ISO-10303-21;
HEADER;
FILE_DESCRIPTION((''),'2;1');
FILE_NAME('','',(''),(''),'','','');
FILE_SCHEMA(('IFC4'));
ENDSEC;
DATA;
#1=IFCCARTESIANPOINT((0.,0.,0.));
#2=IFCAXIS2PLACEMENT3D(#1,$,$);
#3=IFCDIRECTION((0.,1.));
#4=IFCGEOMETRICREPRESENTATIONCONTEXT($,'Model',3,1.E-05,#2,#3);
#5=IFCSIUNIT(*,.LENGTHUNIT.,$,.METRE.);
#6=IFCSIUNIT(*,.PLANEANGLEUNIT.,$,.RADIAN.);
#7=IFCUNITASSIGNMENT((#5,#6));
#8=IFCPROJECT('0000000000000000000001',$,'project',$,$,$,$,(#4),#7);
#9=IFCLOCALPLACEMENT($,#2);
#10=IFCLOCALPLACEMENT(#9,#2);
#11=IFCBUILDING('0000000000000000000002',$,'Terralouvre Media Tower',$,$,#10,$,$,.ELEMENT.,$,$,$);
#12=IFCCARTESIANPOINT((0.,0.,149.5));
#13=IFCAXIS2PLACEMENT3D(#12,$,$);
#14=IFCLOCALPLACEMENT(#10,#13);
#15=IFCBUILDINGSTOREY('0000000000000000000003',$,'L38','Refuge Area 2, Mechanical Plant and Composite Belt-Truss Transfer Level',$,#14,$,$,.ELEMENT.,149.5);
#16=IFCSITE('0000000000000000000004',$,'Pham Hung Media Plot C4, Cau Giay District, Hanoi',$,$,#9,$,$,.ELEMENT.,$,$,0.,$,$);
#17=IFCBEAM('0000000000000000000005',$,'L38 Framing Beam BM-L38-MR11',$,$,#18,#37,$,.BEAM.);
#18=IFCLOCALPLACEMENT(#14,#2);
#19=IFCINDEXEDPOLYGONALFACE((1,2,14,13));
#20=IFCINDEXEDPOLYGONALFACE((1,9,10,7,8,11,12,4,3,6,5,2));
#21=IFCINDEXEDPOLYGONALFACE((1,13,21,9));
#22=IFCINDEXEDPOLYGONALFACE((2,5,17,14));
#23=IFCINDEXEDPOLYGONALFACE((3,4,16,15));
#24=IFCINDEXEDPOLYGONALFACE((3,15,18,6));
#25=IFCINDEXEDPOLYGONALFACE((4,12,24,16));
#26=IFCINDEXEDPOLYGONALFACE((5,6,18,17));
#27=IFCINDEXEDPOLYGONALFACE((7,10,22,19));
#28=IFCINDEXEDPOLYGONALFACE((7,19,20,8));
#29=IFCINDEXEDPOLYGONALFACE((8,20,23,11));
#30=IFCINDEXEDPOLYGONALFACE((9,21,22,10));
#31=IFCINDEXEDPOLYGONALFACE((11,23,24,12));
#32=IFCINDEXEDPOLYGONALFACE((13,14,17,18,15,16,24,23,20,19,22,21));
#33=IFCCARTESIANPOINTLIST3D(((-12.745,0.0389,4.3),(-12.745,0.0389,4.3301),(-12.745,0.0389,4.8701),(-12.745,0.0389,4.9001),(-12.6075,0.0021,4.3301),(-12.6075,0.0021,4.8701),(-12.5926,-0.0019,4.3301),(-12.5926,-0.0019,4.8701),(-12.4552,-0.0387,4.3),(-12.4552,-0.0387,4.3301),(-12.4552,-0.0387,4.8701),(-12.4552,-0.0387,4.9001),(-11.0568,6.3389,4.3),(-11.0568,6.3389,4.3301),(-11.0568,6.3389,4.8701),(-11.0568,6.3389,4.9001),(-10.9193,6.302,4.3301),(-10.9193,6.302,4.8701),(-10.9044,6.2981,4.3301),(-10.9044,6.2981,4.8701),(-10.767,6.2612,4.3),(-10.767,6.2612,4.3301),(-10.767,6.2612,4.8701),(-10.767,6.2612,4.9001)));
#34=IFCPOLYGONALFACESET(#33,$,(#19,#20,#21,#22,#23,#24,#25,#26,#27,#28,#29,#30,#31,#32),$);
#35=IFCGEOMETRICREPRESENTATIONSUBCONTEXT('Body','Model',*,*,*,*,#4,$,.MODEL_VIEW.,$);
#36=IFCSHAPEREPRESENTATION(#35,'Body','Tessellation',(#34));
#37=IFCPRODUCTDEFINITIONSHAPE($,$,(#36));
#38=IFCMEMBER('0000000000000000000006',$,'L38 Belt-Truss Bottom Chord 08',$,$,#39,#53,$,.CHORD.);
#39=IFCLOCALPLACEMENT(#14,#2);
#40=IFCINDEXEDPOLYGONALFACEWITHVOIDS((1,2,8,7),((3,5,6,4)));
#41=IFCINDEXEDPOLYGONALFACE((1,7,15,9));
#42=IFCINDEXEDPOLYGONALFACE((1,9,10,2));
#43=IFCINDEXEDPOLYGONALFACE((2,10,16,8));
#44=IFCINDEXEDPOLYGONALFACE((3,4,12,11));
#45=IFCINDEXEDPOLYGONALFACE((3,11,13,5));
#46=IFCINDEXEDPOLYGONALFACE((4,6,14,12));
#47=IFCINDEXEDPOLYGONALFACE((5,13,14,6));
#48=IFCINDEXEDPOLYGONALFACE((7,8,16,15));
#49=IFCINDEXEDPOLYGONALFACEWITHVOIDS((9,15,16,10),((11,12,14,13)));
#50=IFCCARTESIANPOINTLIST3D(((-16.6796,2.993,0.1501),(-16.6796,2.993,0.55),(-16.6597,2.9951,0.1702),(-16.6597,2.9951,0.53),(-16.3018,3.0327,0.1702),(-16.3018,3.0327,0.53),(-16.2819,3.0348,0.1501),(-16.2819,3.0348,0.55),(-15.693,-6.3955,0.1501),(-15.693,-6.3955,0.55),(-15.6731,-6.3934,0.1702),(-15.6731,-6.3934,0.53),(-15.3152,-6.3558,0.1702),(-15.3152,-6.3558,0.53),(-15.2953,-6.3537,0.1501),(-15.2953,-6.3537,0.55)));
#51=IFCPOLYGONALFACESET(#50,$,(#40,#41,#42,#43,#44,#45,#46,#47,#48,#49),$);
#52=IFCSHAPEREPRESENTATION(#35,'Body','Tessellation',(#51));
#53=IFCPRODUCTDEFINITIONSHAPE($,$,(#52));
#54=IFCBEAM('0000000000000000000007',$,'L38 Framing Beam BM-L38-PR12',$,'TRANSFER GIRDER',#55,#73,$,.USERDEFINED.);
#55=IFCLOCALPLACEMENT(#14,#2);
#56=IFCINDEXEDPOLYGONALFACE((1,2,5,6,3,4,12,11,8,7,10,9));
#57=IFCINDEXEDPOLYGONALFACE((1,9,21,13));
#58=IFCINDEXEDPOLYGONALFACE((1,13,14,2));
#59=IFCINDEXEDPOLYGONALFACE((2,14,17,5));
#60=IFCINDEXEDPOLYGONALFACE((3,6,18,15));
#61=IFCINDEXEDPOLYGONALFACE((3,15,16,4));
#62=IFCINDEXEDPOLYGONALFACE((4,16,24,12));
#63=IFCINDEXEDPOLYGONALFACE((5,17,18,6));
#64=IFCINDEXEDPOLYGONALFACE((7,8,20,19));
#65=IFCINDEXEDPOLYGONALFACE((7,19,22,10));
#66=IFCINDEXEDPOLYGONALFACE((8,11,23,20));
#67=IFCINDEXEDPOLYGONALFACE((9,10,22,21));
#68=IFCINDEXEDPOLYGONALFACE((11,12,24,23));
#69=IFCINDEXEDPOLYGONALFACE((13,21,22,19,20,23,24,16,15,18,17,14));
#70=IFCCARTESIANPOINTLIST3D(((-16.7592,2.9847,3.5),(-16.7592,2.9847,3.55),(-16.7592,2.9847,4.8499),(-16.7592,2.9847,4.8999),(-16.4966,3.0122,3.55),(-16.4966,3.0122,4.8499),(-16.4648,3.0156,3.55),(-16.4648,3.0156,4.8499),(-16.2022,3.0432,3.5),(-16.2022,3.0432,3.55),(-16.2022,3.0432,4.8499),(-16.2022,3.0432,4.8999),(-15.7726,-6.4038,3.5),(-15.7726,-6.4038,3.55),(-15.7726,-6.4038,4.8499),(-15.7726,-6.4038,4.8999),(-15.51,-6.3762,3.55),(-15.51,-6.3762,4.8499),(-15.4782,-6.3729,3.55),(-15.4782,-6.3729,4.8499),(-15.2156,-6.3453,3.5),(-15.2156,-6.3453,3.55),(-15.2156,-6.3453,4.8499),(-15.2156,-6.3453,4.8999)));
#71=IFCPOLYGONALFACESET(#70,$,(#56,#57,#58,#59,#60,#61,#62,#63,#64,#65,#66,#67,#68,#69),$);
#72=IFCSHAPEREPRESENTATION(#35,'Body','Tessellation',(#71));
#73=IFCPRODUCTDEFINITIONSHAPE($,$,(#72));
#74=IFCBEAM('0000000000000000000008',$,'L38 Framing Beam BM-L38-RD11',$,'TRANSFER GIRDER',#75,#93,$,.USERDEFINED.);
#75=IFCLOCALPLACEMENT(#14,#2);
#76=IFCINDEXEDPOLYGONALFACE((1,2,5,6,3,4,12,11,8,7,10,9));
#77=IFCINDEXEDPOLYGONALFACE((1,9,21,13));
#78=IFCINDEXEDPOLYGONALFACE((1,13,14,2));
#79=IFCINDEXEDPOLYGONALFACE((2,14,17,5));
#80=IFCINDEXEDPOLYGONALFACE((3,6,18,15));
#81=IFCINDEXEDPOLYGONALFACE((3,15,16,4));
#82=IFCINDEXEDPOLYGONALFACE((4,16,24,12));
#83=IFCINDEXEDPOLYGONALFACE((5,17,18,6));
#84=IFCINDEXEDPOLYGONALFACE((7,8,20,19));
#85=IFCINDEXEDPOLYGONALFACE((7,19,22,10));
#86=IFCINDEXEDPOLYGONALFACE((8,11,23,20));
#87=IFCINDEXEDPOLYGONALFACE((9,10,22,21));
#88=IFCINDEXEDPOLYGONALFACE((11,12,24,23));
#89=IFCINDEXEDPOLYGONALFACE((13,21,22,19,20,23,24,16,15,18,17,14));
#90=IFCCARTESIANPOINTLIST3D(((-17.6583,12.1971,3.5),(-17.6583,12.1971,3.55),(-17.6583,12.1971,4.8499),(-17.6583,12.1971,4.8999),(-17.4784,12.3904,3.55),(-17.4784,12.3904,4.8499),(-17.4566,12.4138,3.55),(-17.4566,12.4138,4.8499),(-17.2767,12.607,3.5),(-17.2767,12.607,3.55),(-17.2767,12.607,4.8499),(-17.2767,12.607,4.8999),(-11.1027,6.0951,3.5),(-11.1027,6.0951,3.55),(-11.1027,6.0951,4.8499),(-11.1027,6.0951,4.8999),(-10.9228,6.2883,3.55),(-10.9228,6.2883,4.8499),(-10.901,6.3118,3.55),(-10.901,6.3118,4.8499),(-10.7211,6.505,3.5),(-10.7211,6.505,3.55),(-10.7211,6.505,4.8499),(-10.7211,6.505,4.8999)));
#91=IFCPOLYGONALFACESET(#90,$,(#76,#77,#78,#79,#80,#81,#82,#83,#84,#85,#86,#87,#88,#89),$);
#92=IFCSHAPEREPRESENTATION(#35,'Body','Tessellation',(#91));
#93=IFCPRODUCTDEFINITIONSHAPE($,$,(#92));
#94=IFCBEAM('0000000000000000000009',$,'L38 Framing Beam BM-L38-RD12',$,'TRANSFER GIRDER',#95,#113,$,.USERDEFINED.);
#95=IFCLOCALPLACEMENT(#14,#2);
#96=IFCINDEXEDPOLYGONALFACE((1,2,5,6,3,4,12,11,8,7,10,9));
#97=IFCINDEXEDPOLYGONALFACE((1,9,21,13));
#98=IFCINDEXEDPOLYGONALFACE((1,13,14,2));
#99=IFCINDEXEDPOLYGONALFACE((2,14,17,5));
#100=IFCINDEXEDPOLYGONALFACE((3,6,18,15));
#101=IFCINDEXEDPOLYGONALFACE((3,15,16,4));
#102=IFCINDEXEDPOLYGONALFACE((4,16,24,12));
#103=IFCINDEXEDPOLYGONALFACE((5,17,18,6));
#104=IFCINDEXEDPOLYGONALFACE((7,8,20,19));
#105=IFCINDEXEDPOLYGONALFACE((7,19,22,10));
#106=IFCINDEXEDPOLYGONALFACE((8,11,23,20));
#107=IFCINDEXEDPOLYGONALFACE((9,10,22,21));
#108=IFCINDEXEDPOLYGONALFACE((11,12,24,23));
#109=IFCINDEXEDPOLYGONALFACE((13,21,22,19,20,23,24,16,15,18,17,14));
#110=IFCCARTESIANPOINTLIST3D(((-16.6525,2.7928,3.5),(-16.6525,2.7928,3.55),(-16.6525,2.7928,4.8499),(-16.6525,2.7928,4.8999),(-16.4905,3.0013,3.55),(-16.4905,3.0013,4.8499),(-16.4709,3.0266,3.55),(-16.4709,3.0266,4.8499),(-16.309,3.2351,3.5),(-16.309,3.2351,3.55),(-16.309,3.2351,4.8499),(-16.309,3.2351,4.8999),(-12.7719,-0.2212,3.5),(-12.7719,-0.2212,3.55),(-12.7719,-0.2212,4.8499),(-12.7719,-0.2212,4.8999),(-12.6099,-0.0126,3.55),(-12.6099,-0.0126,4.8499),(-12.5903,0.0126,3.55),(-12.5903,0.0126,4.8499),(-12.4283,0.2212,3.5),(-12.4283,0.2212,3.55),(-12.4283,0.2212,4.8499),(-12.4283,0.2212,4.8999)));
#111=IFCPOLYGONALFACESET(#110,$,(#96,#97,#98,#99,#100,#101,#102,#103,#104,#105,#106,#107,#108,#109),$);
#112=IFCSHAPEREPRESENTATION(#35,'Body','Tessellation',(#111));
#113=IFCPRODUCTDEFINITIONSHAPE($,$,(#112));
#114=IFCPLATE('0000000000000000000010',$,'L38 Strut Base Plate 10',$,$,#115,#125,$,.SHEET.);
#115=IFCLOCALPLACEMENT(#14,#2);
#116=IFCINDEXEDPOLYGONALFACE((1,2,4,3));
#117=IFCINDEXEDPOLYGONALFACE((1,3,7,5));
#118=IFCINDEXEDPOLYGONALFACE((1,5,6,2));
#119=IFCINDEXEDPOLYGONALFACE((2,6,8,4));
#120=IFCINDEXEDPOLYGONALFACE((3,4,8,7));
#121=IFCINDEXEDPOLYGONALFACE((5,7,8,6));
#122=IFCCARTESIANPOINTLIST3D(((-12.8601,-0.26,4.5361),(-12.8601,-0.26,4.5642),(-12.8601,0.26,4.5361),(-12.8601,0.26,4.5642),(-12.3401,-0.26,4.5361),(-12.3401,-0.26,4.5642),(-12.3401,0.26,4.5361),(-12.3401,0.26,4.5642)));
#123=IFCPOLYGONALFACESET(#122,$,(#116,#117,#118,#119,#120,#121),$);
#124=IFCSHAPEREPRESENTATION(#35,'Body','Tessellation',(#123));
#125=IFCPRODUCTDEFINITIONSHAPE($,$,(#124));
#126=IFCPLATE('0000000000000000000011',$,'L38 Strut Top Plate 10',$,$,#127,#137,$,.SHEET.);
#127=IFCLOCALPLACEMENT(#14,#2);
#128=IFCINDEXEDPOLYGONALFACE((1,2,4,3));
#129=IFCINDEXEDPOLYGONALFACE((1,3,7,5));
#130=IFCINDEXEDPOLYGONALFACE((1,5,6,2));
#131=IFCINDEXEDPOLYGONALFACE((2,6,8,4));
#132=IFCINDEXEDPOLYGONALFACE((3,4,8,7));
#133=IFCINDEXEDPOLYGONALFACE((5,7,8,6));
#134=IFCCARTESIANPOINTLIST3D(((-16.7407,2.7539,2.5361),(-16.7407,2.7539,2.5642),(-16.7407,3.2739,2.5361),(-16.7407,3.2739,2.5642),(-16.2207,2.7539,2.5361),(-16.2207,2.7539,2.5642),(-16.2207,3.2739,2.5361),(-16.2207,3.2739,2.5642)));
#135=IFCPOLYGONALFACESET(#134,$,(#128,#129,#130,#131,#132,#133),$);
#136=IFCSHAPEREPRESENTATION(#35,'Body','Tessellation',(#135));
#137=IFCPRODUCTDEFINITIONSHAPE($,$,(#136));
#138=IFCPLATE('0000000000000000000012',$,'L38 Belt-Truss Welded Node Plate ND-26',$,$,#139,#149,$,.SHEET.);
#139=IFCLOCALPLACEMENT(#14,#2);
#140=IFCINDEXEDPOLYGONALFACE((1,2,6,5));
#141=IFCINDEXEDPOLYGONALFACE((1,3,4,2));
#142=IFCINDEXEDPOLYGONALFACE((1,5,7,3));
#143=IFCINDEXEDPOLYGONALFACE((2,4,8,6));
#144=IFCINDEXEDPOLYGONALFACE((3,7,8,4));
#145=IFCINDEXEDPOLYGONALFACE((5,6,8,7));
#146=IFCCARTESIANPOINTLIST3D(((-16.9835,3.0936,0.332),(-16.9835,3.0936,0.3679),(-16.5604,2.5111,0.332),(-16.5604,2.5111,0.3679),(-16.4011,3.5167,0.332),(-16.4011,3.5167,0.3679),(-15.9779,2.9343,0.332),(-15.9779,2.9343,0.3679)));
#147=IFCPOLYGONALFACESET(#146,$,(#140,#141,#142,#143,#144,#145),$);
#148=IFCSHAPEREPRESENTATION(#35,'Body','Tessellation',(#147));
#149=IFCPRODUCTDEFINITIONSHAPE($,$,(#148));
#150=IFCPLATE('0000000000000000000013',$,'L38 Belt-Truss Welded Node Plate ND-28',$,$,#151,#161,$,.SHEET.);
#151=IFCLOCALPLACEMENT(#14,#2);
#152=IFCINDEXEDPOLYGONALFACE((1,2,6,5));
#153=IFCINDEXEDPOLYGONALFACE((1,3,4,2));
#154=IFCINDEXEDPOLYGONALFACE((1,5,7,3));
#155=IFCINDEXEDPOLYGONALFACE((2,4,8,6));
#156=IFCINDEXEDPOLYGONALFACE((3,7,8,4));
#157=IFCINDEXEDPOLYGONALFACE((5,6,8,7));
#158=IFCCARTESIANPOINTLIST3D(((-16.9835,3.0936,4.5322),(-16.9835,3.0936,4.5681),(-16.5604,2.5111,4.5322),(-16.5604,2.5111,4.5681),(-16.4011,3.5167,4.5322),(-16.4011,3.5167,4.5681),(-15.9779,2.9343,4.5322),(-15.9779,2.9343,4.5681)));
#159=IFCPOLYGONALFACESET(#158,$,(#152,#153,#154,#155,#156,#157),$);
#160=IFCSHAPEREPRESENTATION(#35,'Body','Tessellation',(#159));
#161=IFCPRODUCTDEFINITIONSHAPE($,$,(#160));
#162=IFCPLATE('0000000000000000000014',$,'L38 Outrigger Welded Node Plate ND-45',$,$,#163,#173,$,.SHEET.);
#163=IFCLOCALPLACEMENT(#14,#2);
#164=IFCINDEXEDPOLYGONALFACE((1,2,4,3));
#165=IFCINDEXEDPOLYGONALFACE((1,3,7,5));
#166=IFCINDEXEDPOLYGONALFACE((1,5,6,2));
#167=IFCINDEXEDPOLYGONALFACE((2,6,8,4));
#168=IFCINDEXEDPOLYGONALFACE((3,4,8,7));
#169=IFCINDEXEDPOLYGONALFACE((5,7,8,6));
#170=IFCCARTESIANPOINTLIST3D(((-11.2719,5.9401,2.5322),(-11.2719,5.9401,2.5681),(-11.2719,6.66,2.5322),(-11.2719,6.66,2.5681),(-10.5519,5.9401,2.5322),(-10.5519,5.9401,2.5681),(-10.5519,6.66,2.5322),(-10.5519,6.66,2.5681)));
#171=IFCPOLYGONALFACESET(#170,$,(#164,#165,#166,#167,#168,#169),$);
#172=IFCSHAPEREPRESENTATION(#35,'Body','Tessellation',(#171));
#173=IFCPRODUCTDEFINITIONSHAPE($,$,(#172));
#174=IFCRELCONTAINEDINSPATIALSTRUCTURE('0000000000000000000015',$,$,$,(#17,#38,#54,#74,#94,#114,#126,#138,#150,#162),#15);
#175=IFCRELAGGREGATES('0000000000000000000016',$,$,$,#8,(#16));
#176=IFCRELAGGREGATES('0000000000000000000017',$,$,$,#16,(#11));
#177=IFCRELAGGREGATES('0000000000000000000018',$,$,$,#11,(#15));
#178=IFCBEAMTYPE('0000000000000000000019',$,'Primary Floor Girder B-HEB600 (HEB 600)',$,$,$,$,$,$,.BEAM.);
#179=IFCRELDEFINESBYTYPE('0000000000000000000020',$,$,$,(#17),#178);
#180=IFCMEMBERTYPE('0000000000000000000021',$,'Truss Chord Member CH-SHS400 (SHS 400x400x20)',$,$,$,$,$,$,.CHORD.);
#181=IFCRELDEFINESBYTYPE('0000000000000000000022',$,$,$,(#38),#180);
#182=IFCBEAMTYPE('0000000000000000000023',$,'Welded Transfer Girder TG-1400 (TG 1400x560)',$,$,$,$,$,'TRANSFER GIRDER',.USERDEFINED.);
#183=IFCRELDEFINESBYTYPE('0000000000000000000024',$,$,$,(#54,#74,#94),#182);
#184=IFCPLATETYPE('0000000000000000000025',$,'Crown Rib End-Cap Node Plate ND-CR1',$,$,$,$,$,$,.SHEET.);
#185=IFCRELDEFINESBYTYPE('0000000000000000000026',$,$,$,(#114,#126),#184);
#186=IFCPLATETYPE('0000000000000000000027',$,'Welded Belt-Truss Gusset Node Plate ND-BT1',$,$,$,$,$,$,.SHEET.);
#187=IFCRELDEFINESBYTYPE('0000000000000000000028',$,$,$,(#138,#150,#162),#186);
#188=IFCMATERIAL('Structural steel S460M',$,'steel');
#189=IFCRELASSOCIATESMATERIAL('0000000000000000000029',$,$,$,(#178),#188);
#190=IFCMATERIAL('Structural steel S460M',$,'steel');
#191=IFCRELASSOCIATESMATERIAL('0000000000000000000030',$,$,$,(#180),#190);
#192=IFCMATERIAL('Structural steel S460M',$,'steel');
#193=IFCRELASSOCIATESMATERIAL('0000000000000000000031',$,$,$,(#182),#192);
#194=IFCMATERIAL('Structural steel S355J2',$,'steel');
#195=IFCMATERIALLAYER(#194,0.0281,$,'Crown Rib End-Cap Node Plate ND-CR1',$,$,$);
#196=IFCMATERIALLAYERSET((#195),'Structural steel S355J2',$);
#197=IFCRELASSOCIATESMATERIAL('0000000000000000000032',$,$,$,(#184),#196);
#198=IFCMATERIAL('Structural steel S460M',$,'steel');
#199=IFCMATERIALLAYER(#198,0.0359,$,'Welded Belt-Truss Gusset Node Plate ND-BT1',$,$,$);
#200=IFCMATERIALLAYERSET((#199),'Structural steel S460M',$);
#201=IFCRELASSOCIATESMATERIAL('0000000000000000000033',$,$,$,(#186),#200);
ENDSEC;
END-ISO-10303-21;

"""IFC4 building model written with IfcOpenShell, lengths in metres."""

from ifc_helpers import new_model, si_unit, direction, frame, origin, origin_2d, place, context, subcontext, project, spatial, rectangle, hollow_rectangle, i_section, extrude, material, layer, layer_set, material_profile, profile_set, type_object, element, save


model = new_model("IFC4")

# Units and contexts
model_context = context("Model", 3, precision=1e-05, world=origin(), true_north=direction((0.0, 1.0)))
body_context = subcontext(model_context, "Body", "Model", "MODEL_VIEW")
ifc_project = project(units=[si_unit("LENGTHUNIT", "METRE"), si_unit("PLANEANGLEUNIT", "RADIAN")], contexts=[model_context])

# Site, building, storey
site_placement = place(None, origin())
site = spatial("IfcSite", under=ifc_project, at=site_placement, Name="Pham Hung Media Plot C4, Cau Giay District, Hanoi", CompositionType="ELEMENT", RefElevation=0.0)
building_placement = place(site_placement, origin())
building = spatial("IfcBuilding", under=site, at=building_placement, Name="Terralouvre Media Tower", CompositionType="ELEMENT")
storey_placement = place(building_placement, frame((0.0, 0.0, 149.5)))
storey = spatial("IfcBuildingStorey", under=building, at=storey_placement, Name="L38", Description="Refuge Area 2, Mechanical Plant and Composite Belt-Truss Transfer Level", CompositionType="ELEMENT", Elevation=149.5)

# Beam
ifc_material_1 = material(Name="Structural steel S460M", Category="steel")
ifc_material_profile_1 = material_profile(ifc_material_1, i_section(OverallWidth=0.3, OverallDepth=0.6001, WebThickness=0.0154, FlangeThickness=0.03, at=origin_2d()), Name="HEB 600")
ifc_profile_set_1 = profile_set([ifc_material_profile_1], Name="Structural steel S460M")
beam_type_1 = type_object("IfcBeamType", Name="Primary Floor Girder B-HEB600 (HEB 600)", PredefinedType="BEAM", material=ifc_profile_set_1)
beam_1_placement = place(storey_placement, frame((-10.9119, 6.3, 4.6001), z_axis=(-0.258839, -0.96592, 0.0), x_axis=(0.96592, -0.258839, 0.0)))
element("IfcBeam", 1, at=beam_1_placement, inside=storey, type_object=beam_type_1, Name="L38 Framing Beam BM-L38-MR11", PredefinedType="BEAM", context=body_context, shape_type="SweptSolid", body=[
    extrude(i_section(OverallWidth=0.3, OverallDepth=0.6001, WebThickness=0.0154, FlangeThickness=0.03, at=origin_2d()), origin(), (0.0, 0.0, 1.0), 6.5222),
])

# Member
ifc_material_2 = material(Name="Structural steel S460M", Category="steel")
ifc_material_profile_2 = material_profile(ifc_material_2, hollow_rectangle(XDim=0.3999, YDim=0.3999, WallThickness=0.02, at=origin_2d()), Name="SHS 400x400x20")
ifc_profile_set_2 = profile_set([ifc_material_profile_2], Name="Structural steel S460M")
member_type_1 = type_object("IfcMemberType", Name="Truss Chord Member CH-SHS400 (SHS 400x400x20)", PredefinedType="CHORD", material=ifc_profile_set_2)
member_1_placement = place(storey_placement, frame((-16.4807, 3.0139, 0.3501), z_axis=(0.104508, -0.994524, 0.0), x_axis=(0.994524, 0.104508, 0.0)))
element("IfcMember", 2, at=member_1_placement, inside=storey, type_object=member_type_1, Name="L38 Belt-Truss Bottom Chord 08", PredefinedType="CHORD", context=body_context, shape_type="SweptSolid", body=[
    extrude(hollow_rectangle(XDim=0.3999, YDim=0.3999, WallThickness=0.02, at=origin_2d()), origin(), (0.0, 0.0, 1.0), 9.4402),
])

# Beams
ifc_material_3 = material(Name="Structural steel S460M", Category="steel")
ifc_material_profile_3 = material_profile(ifc_material_3, i_section(OverallWidth=0.5601, OverallDepth=1.3999, WebThickness=0.032, FlangeThickness=0.05, at=origin_2d()), Name="TG 1400x560")
ifc_profile_set_3 = profile_set([ifc_material_profile_3], Name="Structural steel S460M")
beam_type_2 = type_object("IfcBeamType", Name="Welded Transfer Girder TG-1400 (TG 1400x560)", ElementType="TRANSFER GIRDER", PredefinedType="USERDEFINED", material=ifc_profile_set_3)
beam_2_placement = place(storey_placement, frame((-16.4807, 3.0139, 4.2), z_axis=(0.104508, -0.994524, 0.0), x_axis=(0.994524, 0.104508, 0.0)))
element("IfcBeam", 3, at=beam_2_placement, inside=storey, type_object=beam_type_2, Name="L38 Framing Beam BM-L38-PR12", ObjectType="TRANSFER GIRDER", PredefinedType="USERDEFINED", context=body_context, shape_type="SweptSolid", body=[
    extrude(i_section(OverallWidth=0.5601, OverallDepth=1.3999, WebThickness=0.032, FlangeThickness=0.05, at=origin_2d()), origin(), (0.0, 0.0, 1.0), 9.4402),
])
beam_3_placement = place(storey_placement, frame((-10.9119, 6.3, 4.2), z_axis=(-0.731977, 0.681329, 0.0), x_axis=(-0.681329, -0.731977, 0.0)))
element("IfcBeam", 4, at=beam_3_placement, inside=storey, type_object=beam_type_2, Name="L38 Framing Beam BM-L38-RD11", ObjectType="TRANSFER GIRDER", PredefinedType="USERDEFINED", context=body_context, shape_type="SweptSolid", body=[
    extrude(i_section(OverallWidth=0.5601, OverallDepth=1.3999, WebThickness=0.032, FlangeThickness=0.05, at=origin_2d()), origin(), (0.0, 0.0, 1.0), 8.9561),
])
beam_4_placement = place(storey_placement, frame((-12.6001, 0.0, 4.2), z_axis=(-0.78978, 0.61339, 0.0), x_axis=(-0.61339, -0.78978, 0.0)))
element("IfcBeam", 5, at=beam_4_placement, inside=storey, type_object=beam_type_2, Name="L38 Framing Beam BM-L38-RD12", ObjectType="TRANSFER GIRDER", PredefinedType="USERDEFINED", context=body_context, shape_type="SweptSolid", body=[
    extrude(i_section(OverallWidth=0.5601, OverallDepth=1.3999, WebThickness=0.032, FlangeThickness=0.05, at=origin_2d()), origin(), (0.0, 0.0, 1.0), 4.9136),
])

# Plates
ifc_material_4 = material(Name="Structural steel S355J2", Category="steel")
ifc_layer_1 = layer(ifc_material_4, 0.0281, Name="Crown Rib End-Cap Node Plate ND-CR1")
ifc_layer_set_1 = layer_set([ifc_layer_1], Name="Structural steel S355J2")
plate_type_1 = type_object("IfcPlateType", Name="Crown Rib End-Cap Node Plate ND-CR1", PredefinedType="SHEET", material=ifc_layer_set_1)
for number, where, z_axis, x_axis, name in (
    (6, (-12.6001, 0.0, 4.5361), (0.0, 0.0, 1.0), (1.0, 0.0, 0.0), "L38 Strut Base Plate 10"),
    (7, (-16.4807, 3.0139, 2.5361), (0.0, 0.0, 1.0), (1.0, 0.0, 0.0), "L38 Strut Top Plate 10"),
):
    element("IfcPlate", number, at=place(storey_placement, frame(where, z_axis=z_axis, x_axis=x_axis)), inside=storey, type_object=plate_type_1, Name=name, PredefinedType="SHEET", context=body_context, shape_type="SweptSolid", body=[
        extrude(rectangle(XDim=0.52, YDim=0.52, at=origin_2d()), origin(), (0.0, 0.0, 1.0), 0.0281),
    ])
ifc_material_5 = material(Name="Structural steel S460M", Category="steel")
ifc_layer_2 = layer(ifc_material_5, 0.0359, Name="Welded Belt-Truss Gusset Node Plate ND-BT1")
ifc_layer_set_2 = layer_set([ifc_layer_2], Name="Structural steel S460M")
plate_type_2 = type_object("IfcPlateType", Name="Welded Belt-Truss Gusset Node Plate ND-BT1", PredefinedType="SHEET", material=ifc_layer_set_2)
for number, where, z_axis, x_axis, name in (
    (8, (-16.4807, 3.0139, 0.332), (0.0, 0.0, 1.0), (0.809017, 0.587785, 0.0), "L38 Belt-Truss Welded Node Plate ND-26"),
    (9, (-16.4807, 3.0139, 4.5322), (0.0, 0.0, 1.0), (0.809017, 0.587785, 0.0), "L38 Belt-Truss Welded Node Plate ND-28"),
    (10, (-10.9119, 6.3, 2.5322), (0.0, 0.0, 1.0), (1.0, 0.0, 0.0), "L38 Outrigger Welded Node Plate ND-45"),
):
    element("IfcPlate", number, at=place(storey_placement, frame(where, z_axis=z_axis, x_axis=x_axis)), inside=storey, type_object=plate_type_2, Name=name, PredefinedType="SHEET", context=body_context, shape_type="SweptSolid", body=[
        extrude(rectangle(XDim=0.72, YDim=0.72, at=origin_2d()), origin(), (0.0, 0.0, 1.0), 0.0359),
    ])

save(model, "model.ifc")
